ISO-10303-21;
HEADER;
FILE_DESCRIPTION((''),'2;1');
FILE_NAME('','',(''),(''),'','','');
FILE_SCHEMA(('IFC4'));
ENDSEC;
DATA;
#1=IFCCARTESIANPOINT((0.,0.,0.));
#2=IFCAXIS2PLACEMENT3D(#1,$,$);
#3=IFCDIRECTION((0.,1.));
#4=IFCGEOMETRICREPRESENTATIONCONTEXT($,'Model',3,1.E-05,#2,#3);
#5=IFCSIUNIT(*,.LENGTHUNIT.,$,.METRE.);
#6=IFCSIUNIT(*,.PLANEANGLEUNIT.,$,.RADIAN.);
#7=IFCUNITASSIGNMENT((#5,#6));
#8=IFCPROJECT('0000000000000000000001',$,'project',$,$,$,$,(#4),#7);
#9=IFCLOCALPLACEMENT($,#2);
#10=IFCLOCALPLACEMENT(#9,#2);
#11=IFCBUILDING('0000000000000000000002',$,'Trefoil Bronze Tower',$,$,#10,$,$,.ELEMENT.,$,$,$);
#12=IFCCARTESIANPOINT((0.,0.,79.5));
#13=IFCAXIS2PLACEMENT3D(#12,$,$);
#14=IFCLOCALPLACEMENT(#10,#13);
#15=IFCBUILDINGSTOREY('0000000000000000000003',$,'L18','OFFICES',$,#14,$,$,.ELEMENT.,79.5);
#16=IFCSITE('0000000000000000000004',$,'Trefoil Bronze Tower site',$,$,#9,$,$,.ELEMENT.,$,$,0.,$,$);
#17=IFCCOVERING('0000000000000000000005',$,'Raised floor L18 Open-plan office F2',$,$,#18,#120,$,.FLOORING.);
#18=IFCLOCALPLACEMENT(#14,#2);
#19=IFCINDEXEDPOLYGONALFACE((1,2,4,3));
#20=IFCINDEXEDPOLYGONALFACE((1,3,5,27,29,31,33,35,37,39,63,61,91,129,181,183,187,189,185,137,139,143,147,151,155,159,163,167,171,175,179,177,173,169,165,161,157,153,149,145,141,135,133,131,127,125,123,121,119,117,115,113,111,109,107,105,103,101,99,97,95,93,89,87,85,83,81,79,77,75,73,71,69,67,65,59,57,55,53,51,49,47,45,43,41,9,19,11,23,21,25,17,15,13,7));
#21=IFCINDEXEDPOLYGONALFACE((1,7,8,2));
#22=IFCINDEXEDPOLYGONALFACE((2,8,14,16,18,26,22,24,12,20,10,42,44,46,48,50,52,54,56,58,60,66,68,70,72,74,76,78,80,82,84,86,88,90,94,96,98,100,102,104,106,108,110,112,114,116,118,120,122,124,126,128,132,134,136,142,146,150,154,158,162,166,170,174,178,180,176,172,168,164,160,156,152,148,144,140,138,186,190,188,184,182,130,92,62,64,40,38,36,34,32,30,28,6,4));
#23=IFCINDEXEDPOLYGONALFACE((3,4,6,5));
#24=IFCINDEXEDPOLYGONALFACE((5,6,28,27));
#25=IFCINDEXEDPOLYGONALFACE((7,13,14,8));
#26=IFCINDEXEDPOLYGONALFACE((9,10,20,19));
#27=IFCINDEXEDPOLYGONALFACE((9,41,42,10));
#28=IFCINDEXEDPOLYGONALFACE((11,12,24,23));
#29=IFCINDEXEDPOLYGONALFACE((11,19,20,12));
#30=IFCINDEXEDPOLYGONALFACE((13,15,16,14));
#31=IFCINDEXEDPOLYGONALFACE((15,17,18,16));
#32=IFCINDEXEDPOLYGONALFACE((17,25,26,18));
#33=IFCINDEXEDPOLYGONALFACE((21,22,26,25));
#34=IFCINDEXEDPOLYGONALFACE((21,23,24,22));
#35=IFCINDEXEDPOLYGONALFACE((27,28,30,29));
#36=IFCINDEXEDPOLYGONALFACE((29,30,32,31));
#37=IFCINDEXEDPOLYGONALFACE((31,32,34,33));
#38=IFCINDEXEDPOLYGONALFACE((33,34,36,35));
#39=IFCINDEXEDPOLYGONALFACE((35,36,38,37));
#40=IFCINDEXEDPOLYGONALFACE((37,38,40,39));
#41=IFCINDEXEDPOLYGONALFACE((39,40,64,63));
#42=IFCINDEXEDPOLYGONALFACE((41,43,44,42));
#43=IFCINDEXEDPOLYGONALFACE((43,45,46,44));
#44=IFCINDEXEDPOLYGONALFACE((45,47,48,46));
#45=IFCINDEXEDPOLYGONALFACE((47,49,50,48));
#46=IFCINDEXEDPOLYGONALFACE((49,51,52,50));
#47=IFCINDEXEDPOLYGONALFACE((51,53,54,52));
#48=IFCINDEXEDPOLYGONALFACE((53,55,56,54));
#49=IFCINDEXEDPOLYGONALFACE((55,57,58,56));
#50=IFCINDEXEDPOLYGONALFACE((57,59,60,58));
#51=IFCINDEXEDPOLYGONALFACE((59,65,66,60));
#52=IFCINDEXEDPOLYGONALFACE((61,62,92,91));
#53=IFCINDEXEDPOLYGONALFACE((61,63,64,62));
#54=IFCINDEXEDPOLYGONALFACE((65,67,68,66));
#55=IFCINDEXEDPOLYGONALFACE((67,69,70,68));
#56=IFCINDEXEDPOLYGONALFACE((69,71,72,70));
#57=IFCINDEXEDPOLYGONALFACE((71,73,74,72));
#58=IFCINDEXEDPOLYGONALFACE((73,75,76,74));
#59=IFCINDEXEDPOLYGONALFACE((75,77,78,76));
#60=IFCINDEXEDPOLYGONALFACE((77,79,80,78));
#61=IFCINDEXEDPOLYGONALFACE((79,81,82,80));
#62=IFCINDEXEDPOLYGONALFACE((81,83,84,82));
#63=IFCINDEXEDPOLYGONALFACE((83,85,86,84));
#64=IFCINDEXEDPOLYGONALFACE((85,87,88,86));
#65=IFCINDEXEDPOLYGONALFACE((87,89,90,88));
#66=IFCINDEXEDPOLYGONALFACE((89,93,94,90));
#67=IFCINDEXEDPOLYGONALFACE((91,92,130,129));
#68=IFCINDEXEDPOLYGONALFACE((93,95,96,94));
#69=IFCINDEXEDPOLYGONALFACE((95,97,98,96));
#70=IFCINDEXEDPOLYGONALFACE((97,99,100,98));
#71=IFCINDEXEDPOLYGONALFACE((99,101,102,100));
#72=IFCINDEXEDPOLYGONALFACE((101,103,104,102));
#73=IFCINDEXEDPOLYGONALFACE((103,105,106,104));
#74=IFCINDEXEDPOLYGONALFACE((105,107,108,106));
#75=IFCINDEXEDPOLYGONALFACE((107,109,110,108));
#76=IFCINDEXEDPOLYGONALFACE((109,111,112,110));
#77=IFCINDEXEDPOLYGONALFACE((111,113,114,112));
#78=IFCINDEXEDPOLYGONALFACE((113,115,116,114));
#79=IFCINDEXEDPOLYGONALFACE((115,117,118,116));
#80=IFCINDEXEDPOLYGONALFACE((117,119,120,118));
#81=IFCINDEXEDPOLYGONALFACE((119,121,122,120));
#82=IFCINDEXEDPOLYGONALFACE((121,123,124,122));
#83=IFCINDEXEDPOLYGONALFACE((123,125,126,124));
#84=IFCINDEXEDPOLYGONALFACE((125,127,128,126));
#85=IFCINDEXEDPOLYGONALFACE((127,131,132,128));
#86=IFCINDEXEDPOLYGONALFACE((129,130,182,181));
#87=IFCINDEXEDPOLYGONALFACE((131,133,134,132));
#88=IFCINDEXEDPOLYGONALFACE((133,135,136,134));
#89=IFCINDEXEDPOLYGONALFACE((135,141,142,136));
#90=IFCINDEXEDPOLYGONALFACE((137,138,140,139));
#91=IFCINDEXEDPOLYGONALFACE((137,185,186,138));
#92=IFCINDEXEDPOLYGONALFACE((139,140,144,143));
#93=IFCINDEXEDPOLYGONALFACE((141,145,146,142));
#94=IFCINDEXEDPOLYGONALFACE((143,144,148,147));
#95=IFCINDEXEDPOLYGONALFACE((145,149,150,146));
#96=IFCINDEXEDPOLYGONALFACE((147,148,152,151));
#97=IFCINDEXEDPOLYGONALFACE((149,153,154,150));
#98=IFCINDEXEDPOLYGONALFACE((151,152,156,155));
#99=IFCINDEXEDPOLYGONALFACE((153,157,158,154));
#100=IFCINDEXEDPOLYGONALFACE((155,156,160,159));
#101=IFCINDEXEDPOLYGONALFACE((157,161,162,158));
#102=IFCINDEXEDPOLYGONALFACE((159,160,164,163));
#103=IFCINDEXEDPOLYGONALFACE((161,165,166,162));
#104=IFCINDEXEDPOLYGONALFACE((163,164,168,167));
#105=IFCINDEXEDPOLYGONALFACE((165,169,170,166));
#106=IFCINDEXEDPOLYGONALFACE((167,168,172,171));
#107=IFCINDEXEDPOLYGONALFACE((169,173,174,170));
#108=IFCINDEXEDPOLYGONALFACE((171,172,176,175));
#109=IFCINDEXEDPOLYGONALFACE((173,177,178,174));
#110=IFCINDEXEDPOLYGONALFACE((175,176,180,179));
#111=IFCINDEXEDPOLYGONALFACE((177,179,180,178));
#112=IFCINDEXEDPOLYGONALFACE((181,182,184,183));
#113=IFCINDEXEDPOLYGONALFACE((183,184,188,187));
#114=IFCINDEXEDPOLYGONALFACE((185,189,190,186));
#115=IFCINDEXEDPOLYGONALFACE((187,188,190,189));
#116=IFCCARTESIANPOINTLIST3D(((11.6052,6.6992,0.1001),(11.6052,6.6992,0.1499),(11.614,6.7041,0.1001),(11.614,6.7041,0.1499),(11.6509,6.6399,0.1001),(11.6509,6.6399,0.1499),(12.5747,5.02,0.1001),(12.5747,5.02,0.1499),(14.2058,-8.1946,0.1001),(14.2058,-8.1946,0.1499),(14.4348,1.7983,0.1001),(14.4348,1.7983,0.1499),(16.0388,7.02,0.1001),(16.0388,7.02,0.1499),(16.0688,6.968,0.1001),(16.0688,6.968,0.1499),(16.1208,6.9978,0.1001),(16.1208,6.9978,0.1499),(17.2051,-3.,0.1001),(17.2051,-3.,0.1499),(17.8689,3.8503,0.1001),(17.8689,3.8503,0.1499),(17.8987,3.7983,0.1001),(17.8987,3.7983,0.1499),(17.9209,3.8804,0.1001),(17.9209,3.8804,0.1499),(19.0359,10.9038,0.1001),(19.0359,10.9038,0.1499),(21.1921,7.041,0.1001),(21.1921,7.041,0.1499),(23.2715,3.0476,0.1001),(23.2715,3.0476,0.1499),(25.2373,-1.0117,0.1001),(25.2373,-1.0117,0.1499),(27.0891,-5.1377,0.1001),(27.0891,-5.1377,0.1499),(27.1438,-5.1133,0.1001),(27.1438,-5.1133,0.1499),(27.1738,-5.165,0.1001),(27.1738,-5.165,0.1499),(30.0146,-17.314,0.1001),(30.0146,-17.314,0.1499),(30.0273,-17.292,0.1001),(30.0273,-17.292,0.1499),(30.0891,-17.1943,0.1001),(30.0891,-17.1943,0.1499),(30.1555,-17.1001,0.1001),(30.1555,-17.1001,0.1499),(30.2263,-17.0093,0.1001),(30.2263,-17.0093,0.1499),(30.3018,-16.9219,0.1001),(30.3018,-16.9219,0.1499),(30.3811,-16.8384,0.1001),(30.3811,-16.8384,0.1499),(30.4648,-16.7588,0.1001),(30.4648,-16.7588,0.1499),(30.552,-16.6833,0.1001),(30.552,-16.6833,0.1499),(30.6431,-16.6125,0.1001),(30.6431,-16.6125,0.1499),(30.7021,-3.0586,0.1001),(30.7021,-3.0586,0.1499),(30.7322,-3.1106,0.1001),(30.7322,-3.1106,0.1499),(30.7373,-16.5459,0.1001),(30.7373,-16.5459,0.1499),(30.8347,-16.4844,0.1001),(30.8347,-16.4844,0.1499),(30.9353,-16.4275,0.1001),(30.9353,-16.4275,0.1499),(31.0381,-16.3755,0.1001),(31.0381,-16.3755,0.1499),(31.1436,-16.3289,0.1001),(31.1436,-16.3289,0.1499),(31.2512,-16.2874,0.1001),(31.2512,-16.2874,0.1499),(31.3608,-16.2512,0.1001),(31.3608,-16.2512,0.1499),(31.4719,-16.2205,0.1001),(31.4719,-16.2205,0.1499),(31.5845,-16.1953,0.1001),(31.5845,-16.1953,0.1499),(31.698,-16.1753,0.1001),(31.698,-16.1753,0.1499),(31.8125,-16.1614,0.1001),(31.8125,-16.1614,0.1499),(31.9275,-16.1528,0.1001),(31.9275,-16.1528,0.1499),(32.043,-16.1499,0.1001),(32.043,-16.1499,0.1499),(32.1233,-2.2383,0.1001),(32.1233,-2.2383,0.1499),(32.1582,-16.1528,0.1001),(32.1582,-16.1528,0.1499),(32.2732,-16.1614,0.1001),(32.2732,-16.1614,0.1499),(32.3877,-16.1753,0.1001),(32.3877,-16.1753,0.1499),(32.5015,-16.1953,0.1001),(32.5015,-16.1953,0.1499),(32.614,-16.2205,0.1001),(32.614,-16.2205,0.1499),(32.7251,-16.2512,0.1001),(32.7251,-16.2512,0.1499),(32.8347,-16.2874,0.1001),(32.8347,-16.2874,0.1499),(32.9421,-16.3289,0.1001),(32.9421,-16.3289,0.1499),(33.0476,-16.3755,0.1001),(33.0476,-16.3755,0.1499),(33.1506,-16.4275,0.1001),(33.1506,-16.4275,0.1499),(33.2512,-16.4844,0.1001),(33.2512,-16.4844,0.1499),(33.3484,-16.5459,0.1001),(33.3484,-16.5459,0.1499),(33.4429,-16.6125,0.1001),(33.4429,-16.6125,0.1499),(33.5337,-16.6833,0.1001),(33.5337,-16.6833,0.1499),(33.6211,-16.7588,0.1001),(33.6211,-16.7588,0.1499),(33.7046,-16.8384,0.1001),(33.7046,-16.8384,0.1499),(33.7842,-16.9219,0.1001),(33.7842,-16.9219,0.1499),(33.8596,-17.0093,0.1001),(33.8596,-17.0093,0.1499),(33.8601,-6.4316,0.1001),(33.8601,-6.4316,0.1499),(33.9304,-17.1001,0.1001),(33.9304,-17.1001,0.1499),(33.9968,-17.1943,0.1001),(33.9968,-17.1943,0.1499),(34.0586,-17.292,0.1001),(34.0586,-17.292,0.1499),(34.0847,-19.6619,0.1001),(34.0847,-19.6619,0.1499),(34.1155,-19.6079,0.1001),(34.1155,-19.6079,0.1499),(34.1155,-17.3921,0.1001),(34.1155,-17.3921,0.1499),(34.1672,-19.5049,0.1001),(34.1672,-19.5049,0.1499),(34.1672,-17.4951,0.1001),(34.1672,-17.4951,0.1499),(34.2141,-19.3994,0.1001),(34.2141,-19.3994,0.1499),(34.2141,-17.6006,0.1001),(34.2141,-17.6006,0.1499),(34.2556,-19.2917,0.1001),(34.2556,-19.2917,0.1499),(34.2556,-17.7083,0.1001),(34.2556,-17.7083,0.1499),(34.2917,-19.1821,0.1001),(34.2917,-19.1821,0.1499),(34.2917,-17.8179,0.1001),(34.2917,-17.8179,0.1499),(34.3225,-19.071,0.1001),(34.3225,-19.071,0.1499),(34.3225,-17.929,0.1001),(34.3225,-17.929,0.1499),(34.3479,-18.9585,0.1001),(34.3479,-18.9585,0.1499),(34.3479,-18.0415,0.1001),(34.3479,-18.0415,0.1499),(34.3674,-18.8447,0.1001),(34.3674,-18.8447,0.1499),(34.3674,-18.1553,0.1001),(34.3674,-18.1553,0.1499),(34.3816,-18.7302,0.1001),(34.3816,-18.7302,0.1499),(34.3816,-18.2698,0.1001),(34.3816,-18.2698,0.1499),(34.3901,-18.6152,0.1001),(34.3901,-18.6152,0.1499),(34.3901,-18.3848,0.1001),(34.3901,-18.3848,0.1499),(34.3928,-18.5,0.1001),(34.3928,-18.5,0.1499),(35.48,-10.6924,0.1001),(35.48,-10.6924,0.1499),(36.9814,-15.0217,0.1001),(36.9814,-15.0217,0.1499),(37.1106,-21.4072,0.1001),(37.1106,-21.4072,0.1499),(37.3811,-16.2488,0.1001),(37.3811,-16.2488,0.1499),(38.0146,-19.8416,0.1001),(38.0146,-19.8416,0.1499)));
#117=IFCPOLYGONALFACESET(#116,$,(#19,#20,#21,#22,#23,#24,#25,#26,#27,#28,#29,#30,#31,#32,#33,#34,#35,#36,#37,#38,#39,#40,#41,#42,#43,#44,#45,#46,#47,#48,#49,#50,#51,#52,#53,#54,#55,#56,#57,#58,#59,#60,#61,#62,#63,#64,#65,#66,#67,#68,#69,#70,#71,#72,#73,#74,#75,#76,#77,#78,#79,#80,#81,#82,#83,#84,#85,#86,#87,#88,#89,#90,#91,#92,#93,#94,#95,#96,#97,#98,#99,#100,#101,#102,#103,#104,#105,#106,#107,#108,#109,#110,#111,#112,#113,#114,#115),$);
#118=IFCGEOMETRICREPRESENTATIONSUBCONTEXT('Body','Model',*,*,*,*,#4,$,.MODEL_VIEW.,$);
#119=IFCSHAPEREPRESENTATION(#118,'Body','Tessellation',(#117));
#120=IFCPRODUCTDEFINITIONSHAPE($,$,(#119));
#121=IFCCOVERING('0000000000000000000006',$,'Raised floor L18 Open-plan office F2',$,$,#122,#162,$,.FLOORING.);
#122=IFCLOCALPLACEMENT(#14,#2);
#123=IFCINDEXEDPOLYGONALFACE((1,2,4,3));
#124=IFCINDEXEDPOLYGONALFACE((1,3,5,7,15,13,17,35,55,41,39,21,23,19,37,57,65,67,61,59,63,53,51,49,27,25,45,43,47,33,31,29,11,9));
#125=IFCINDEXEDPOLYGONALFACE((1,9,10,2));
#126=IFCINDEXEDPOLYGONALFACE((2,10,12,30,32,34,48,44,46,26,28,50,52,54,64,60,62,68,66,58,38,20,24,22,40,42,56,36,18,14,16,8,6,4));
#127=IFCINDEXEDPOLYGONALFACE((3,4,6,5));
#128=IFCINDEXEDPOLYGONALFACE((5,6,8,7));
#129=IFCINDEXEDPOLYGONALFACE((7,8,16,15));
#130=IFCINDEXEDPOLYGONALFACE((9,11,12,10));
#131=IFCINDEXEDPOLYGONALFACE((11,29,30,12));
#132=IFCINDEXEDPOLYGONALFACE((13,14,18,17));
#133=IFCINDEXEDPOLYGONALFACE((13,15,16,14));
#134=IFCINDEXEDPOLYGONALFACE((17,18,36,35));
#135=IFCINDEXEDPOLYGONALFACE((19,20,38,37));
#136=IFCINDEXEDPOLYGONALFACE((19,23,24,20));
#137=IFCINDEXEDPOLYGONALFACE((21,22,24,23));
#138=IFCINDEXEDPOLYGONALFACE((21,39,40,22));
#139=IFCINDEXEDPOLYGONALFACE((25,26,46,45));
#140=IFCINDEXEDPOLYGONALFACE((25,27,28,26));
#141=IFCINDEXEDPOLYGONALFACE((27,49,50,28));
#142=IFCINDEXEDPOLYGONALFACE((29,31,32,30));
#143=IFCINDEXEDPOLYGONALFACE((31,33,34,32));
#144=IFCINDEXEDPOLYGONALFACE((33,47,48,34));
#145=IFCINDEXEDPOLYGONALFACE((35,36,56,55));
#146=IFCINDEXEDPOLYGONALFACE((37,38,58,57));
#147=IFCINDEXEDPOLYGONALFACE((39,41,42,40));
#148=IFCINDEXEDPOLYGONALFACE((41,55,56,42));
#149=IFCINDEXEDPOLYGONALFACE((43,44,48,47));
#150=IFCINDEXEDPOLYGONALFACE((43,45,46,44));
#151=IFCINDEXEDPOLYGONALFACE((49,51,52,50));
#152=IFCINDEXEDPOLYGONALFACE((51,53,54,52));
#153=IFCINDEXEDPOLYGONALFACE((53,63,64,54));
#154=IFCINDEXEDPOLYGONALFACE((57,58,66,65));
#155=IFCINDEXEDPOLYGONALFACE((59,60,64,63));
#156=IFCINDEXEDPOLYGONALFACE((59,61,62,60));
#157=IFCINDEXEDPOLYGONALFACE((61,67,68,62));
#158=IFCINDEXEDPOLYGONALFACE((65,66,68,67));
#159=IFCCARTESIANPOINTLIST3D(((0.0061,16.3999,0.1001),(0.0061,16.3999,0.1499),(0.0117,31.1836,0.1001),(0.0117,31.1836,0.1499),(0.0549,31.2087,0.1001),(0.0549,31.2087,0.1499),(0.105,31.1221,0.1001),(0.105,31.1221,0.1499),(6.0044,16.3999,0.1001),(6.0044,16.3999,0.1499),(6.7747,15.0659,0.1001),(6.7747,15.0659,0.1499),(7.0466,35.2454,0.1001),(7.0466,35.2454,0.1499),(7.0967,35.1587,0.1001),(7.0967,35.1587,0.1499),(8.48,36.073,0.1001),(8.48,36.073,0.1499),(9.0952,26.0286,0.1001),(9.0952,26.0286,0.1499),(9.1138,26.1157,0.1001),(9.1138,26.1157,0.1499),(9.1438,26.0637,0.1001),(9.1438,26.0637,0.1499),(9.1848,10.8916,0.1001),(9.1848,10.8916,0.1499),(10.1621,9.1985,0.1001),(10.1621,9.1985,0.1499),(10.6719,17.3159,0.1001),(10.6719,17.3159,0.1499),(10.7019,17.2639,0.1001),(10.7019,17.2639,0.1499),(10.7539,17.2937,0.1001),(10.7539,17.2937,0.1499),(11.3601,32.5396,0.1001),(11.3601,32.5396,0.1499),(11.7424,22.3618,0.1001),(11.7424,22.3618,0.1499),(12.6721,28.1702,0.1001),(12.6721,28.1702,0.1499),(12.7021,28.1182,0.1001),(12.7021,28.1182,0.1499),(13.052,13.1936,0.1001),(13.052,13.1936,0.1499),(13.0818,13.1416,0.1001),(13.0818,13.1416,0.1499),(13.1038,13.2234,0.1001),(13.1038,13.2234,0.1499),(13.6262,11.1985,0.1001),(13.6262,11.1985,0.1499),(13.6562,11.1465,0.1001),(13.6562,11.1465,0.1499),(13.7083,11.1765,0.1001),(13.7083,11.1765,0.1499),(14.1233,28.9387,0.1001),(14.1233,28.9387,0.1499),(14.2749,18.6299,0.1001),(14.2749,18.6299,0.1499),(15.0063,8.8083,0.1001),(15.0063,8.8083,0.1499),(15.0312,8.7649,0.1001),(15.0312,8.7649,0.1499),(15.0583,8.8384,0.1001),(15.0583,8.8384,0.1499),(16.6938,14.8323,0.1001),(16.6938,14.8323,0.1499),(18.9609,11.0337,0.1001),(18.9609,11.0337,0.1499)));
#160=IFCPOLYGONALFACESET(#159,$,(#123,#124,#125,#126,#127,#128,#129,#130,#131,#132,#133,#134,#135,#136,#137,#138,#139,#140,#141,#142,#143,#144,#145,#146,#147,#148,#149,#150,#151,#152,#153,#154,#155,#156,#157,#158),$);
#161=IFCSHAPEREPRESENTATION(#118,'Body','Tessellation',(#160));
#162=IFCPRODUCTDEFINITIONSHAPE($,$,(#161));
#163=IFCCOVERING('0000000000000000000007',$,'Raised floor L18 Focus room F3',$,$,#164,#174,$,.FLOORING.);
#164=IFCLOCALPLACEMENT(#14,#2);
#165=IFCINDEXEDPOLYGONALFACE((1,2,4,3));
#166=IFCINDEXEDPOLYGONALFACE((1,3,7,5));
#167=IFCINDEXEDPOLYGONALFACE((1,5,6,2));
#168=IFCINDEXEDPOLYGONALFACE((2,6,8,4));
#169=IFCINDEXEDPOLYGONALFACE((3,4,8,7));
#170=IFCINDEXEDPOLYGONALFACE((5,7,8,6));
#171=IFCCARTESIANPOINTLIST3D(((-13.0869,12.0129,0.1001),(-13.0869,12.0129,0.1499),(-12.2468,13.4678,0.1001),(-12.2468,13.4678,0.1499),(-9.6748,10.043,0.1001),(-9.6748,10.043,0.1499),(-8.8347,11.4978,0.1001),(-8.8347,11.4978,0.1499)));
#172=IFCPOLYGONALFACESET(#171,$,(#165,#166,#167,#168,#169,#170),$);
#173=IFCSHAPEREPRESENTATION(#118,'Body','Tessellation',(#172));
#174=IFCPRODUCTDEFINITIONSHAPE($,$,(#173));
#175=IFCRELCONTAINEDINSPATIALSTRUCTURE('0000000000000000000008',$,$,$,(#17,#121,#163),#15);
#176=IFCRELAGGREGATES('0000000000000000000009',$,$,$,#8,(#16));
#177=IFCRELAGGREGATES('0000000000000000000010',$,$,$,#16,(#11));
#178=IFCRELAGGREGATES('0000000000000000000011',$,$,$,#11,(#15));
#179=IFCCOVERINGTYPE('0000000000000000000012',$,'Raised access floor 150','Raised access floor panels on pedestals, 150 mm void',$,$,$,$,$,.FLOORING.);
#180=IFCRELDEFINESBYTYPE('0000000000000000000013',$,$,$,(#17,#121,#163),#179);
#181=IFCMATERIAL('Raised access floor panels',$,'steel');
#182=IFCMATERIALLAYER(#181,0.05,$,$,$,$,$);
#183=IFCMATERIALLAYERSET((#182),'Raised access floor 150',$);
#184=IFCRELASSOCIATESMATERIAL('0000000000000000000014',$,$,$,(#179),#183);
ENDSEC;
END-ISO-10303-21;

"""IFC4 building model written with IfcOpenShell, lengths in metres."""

from ifc_helpers import new_model, si_unit, direction, frame, origin, place, context, subcontext, project, spatial, polyline, outline, extrude, material, layer, layer_set, type_object, element, save


model = new_model("IFC4")

# Units and contexts
model_context = context("Model", 3, precision=1e-05, world=origin(), true_north=direction((0.0, 1.0)))
body_context = subcontext(model_context, "Body", "Model", "MODEL_VIEW")
ifc_project = project(units=[si_unit("LENGTHUNIT", "METRE"), si_unit("PLANEANGLEUNIT", "RADIAN")], contexts=[model_context])

# Site, building, storey
site_placement = place(None, origin())
site = spatial("IfcSite", under=ifc_project, at=site_placement, Name="Trefoil Bronze Tower site", CompositionType="ELEMENT", RefElevation=0.0)
building_placement = place(site_placement, origin())
building = spatial("IfcBuilding", under=site, at=building_placement, Name="Trefoil Bronze Tower", CompositionType="ELEMENT")
storey_placement = place(building_placement, frame((0.0, 0.0, 79.5)))
storey = spatial("IfcBuildingStorey", under=building, at=storey_placement, Name="L18", Description="OFFICES", CompositionType="ELEMENT", Elevation=79.5)

# Coverings
ifc_material_1 = material(Name="Raised access floor panels", Category="steel")
ifc_layer_1 = layer(ifc_material_1, 0.05)
ifc_layer_set_1 = layer_set([ifc_layer_1], Name="Raised access floor 150")
covering_type_1 = type_object("IfcCoveringType", Name="Raised access floor 150", Description="Raised access floor panels on pedestals, 150 mm void", PredefinedType="FLOORING", material=ifc_layer_set_1)
covering_1_placement = place(storey_placement, frame((0.0, 0.0, 0.1001)))
element("IfcCovering", 1, at=covering_1_placement, inside=storey, type_object=covering_type_1, Name="Raised floor L18 Open-plan office F2", PredefinedType="FLOORING", context=body_context, shape_type="SweptSolid", body=[
    extrude(outline(polyline([(30.0146, -17.314), (14.2058, -8.1946), (17.2051, -3.0), (14.4348, 1.7983), (17.8987, 3.7983), (17.8689, 3.8503), (17.9209, 3.8804), (16.1208, 6.9978), (16.0688, 6.968), (16.0388, 7.02), (12.5747, 5.02), (11.6052, 6.6992), (11.614, 6.7041), (11.6509, 6.6399), (19.0359, 10.9038), (21.1921, 7.041), (23.2715, 3.0476), (25.2373, -1.0117), (27.0891, -5.1377), (27.1438, -5.1133), (27.1738, -5.165), (30.7322, -3.1106), (30.7021, -3.0586), (32.1233, -2.2383), (33.8601, -6.4316), (35.48, -10.6924), (36.9814, -15.0217), (37.3811, -16.2488), (38.0146, -19.8416), (37.1106, -21.4072), (34.0847, -19.6619), (34.1155, -19.6079), (34.1672, -19.5049), (34.2141, -19.3994), (34.2556, -19.2917), (34.2917, -19.1821), (34.3225, -19.071), (34.3479, -18.9585), (34.3674, -18.8447), (34.3816, -18.7302), (34.3901, -18.6152), (34.3928, -18.5), (34.3901, -18.3848), (34.3816, -18.2698), (34.3674, -18.1553), (34.3479, -18.0415), (34.3225, -17.929), (34.2917, -17.8179), (34.2556, -17.7083), (34.2141, -17.6006), (34.1672, -17.4951), (34.1155, -17.3921), (34.0586, -17.292), (33.9968, -17.1943), (33.9304, -17.1001), (33.8596, -17.0093), (33.7842, -16.9219), (33.7046, -16.8384), (33.6211, -16.7588), (33.5337, -16.6833), (33.4429, -16.6125), (33.3484, -16.5459), (33.2512, -16.4844), (33.1506, -16.4275), (33.0476, -16.3755), (32.9421, -16.3289), (32.8347, -16.2874), (32.7251, -16.2512), (32.614, -16.2205), (32.5015, -16.1953), (32.3877, -16.1753), (32.2732, -16.1614), (32.1582, -16.1528), (32.043, -16.1499), (31.9275, -16.1528), (31.8125, -16.1614), (31.698, -16.1753), (31.5845, -16.1953), (31.4719, -16.2205), (31.3608, -16.2512), (31.2512, -16.2874), (31.1436, -16.3289), (31.0381, -16.3755), (30.9353, -16.4275), (30.8347, -16.4844), (30.7373, -16.5459), (30.6431, -16.6125), (30.552, -16.6833), (30.4648, -16.7588), (30.3811, -16.8384), (30.3018, -16.9219), (30.2263, -17.0093), (30.1555, -17.1001), (30.0891, -17.1943), (30.0273, -17.292), (30.0146, -17.314)])), origin(), (0.0, 0.0, 1.0), 0.0498),
])
covering_2_placement = place(storey_placement, frame((0.0, 0.0, 0.1001)))
element("IfcCovering", 2, at=covering_2_placement, inside=storey, type_object=covering_type_1, Name="Raised floor L18 Open-plan office F2", PredefinedType="FLOORING", context=body_context, shape_type="SweptSolid", body=[
    extrude(outline(polyline([(0.0117, 31.1836), (0.0549, 31.2087), (0.105, 31.1221), (7.0967, 35.1587), (7.0466, 35.2454), (8.48, 36.073), (11.3601, 32.5396), (14.1233, 28.9387), (12.7021, 28.1182), (12.6721, 28.1702), (9.1138, 26.1157), (9.1438, 26.0637), (9.0952, 26.0286), (11.7424, 22.3618), (14.2749, 18.6299), (16.6938, 14.8323), (18.9609, 11.0337), (15.0312, 8.7649), (15.0063, 8.8083), (15.0583, 8.8384), (13.7083, 11.1765), (13.6562, 11.1465), (13.6262, 11.1985), (10.1621, 9.1985), (9.1848, 10.8916), (13.0818, 13.1416), (13.052, 13.1936), (13.1038, 13.2234), (10.7539, 17.2937), (10.7019, 17.2639), (10.6719, 17.3159), (6.7747, 15.0659), (6.0044, 16.3999), (0.0061, 16.3999), (0.0117, 31.1836)])), origin(), (0.0, 0.0, 1.0), 0.0498),
])
covering_3_placement = place(storey_placement, frame((0.0, 0.0, 0.1001)))
element("IfcCovering", 3, at=covering_3_placement, inside=storey, type_object=covering_type_1, Name="Raised floor L18 Focus room F3", PredefinedType="FLOORING", context=body_context, shape_type="SweptSolid", body=[
    extrude(outline(polyline([(-9.6748, 10.043), (-13.0869, 12.0129), (-12.2468, 13.4678), (-8.8347, 11.4978), (-9.6748, 10.043)])), origin(), (0.0, 0.0, 1.0), 0.0498),
])

save(model, "model.ifc")
